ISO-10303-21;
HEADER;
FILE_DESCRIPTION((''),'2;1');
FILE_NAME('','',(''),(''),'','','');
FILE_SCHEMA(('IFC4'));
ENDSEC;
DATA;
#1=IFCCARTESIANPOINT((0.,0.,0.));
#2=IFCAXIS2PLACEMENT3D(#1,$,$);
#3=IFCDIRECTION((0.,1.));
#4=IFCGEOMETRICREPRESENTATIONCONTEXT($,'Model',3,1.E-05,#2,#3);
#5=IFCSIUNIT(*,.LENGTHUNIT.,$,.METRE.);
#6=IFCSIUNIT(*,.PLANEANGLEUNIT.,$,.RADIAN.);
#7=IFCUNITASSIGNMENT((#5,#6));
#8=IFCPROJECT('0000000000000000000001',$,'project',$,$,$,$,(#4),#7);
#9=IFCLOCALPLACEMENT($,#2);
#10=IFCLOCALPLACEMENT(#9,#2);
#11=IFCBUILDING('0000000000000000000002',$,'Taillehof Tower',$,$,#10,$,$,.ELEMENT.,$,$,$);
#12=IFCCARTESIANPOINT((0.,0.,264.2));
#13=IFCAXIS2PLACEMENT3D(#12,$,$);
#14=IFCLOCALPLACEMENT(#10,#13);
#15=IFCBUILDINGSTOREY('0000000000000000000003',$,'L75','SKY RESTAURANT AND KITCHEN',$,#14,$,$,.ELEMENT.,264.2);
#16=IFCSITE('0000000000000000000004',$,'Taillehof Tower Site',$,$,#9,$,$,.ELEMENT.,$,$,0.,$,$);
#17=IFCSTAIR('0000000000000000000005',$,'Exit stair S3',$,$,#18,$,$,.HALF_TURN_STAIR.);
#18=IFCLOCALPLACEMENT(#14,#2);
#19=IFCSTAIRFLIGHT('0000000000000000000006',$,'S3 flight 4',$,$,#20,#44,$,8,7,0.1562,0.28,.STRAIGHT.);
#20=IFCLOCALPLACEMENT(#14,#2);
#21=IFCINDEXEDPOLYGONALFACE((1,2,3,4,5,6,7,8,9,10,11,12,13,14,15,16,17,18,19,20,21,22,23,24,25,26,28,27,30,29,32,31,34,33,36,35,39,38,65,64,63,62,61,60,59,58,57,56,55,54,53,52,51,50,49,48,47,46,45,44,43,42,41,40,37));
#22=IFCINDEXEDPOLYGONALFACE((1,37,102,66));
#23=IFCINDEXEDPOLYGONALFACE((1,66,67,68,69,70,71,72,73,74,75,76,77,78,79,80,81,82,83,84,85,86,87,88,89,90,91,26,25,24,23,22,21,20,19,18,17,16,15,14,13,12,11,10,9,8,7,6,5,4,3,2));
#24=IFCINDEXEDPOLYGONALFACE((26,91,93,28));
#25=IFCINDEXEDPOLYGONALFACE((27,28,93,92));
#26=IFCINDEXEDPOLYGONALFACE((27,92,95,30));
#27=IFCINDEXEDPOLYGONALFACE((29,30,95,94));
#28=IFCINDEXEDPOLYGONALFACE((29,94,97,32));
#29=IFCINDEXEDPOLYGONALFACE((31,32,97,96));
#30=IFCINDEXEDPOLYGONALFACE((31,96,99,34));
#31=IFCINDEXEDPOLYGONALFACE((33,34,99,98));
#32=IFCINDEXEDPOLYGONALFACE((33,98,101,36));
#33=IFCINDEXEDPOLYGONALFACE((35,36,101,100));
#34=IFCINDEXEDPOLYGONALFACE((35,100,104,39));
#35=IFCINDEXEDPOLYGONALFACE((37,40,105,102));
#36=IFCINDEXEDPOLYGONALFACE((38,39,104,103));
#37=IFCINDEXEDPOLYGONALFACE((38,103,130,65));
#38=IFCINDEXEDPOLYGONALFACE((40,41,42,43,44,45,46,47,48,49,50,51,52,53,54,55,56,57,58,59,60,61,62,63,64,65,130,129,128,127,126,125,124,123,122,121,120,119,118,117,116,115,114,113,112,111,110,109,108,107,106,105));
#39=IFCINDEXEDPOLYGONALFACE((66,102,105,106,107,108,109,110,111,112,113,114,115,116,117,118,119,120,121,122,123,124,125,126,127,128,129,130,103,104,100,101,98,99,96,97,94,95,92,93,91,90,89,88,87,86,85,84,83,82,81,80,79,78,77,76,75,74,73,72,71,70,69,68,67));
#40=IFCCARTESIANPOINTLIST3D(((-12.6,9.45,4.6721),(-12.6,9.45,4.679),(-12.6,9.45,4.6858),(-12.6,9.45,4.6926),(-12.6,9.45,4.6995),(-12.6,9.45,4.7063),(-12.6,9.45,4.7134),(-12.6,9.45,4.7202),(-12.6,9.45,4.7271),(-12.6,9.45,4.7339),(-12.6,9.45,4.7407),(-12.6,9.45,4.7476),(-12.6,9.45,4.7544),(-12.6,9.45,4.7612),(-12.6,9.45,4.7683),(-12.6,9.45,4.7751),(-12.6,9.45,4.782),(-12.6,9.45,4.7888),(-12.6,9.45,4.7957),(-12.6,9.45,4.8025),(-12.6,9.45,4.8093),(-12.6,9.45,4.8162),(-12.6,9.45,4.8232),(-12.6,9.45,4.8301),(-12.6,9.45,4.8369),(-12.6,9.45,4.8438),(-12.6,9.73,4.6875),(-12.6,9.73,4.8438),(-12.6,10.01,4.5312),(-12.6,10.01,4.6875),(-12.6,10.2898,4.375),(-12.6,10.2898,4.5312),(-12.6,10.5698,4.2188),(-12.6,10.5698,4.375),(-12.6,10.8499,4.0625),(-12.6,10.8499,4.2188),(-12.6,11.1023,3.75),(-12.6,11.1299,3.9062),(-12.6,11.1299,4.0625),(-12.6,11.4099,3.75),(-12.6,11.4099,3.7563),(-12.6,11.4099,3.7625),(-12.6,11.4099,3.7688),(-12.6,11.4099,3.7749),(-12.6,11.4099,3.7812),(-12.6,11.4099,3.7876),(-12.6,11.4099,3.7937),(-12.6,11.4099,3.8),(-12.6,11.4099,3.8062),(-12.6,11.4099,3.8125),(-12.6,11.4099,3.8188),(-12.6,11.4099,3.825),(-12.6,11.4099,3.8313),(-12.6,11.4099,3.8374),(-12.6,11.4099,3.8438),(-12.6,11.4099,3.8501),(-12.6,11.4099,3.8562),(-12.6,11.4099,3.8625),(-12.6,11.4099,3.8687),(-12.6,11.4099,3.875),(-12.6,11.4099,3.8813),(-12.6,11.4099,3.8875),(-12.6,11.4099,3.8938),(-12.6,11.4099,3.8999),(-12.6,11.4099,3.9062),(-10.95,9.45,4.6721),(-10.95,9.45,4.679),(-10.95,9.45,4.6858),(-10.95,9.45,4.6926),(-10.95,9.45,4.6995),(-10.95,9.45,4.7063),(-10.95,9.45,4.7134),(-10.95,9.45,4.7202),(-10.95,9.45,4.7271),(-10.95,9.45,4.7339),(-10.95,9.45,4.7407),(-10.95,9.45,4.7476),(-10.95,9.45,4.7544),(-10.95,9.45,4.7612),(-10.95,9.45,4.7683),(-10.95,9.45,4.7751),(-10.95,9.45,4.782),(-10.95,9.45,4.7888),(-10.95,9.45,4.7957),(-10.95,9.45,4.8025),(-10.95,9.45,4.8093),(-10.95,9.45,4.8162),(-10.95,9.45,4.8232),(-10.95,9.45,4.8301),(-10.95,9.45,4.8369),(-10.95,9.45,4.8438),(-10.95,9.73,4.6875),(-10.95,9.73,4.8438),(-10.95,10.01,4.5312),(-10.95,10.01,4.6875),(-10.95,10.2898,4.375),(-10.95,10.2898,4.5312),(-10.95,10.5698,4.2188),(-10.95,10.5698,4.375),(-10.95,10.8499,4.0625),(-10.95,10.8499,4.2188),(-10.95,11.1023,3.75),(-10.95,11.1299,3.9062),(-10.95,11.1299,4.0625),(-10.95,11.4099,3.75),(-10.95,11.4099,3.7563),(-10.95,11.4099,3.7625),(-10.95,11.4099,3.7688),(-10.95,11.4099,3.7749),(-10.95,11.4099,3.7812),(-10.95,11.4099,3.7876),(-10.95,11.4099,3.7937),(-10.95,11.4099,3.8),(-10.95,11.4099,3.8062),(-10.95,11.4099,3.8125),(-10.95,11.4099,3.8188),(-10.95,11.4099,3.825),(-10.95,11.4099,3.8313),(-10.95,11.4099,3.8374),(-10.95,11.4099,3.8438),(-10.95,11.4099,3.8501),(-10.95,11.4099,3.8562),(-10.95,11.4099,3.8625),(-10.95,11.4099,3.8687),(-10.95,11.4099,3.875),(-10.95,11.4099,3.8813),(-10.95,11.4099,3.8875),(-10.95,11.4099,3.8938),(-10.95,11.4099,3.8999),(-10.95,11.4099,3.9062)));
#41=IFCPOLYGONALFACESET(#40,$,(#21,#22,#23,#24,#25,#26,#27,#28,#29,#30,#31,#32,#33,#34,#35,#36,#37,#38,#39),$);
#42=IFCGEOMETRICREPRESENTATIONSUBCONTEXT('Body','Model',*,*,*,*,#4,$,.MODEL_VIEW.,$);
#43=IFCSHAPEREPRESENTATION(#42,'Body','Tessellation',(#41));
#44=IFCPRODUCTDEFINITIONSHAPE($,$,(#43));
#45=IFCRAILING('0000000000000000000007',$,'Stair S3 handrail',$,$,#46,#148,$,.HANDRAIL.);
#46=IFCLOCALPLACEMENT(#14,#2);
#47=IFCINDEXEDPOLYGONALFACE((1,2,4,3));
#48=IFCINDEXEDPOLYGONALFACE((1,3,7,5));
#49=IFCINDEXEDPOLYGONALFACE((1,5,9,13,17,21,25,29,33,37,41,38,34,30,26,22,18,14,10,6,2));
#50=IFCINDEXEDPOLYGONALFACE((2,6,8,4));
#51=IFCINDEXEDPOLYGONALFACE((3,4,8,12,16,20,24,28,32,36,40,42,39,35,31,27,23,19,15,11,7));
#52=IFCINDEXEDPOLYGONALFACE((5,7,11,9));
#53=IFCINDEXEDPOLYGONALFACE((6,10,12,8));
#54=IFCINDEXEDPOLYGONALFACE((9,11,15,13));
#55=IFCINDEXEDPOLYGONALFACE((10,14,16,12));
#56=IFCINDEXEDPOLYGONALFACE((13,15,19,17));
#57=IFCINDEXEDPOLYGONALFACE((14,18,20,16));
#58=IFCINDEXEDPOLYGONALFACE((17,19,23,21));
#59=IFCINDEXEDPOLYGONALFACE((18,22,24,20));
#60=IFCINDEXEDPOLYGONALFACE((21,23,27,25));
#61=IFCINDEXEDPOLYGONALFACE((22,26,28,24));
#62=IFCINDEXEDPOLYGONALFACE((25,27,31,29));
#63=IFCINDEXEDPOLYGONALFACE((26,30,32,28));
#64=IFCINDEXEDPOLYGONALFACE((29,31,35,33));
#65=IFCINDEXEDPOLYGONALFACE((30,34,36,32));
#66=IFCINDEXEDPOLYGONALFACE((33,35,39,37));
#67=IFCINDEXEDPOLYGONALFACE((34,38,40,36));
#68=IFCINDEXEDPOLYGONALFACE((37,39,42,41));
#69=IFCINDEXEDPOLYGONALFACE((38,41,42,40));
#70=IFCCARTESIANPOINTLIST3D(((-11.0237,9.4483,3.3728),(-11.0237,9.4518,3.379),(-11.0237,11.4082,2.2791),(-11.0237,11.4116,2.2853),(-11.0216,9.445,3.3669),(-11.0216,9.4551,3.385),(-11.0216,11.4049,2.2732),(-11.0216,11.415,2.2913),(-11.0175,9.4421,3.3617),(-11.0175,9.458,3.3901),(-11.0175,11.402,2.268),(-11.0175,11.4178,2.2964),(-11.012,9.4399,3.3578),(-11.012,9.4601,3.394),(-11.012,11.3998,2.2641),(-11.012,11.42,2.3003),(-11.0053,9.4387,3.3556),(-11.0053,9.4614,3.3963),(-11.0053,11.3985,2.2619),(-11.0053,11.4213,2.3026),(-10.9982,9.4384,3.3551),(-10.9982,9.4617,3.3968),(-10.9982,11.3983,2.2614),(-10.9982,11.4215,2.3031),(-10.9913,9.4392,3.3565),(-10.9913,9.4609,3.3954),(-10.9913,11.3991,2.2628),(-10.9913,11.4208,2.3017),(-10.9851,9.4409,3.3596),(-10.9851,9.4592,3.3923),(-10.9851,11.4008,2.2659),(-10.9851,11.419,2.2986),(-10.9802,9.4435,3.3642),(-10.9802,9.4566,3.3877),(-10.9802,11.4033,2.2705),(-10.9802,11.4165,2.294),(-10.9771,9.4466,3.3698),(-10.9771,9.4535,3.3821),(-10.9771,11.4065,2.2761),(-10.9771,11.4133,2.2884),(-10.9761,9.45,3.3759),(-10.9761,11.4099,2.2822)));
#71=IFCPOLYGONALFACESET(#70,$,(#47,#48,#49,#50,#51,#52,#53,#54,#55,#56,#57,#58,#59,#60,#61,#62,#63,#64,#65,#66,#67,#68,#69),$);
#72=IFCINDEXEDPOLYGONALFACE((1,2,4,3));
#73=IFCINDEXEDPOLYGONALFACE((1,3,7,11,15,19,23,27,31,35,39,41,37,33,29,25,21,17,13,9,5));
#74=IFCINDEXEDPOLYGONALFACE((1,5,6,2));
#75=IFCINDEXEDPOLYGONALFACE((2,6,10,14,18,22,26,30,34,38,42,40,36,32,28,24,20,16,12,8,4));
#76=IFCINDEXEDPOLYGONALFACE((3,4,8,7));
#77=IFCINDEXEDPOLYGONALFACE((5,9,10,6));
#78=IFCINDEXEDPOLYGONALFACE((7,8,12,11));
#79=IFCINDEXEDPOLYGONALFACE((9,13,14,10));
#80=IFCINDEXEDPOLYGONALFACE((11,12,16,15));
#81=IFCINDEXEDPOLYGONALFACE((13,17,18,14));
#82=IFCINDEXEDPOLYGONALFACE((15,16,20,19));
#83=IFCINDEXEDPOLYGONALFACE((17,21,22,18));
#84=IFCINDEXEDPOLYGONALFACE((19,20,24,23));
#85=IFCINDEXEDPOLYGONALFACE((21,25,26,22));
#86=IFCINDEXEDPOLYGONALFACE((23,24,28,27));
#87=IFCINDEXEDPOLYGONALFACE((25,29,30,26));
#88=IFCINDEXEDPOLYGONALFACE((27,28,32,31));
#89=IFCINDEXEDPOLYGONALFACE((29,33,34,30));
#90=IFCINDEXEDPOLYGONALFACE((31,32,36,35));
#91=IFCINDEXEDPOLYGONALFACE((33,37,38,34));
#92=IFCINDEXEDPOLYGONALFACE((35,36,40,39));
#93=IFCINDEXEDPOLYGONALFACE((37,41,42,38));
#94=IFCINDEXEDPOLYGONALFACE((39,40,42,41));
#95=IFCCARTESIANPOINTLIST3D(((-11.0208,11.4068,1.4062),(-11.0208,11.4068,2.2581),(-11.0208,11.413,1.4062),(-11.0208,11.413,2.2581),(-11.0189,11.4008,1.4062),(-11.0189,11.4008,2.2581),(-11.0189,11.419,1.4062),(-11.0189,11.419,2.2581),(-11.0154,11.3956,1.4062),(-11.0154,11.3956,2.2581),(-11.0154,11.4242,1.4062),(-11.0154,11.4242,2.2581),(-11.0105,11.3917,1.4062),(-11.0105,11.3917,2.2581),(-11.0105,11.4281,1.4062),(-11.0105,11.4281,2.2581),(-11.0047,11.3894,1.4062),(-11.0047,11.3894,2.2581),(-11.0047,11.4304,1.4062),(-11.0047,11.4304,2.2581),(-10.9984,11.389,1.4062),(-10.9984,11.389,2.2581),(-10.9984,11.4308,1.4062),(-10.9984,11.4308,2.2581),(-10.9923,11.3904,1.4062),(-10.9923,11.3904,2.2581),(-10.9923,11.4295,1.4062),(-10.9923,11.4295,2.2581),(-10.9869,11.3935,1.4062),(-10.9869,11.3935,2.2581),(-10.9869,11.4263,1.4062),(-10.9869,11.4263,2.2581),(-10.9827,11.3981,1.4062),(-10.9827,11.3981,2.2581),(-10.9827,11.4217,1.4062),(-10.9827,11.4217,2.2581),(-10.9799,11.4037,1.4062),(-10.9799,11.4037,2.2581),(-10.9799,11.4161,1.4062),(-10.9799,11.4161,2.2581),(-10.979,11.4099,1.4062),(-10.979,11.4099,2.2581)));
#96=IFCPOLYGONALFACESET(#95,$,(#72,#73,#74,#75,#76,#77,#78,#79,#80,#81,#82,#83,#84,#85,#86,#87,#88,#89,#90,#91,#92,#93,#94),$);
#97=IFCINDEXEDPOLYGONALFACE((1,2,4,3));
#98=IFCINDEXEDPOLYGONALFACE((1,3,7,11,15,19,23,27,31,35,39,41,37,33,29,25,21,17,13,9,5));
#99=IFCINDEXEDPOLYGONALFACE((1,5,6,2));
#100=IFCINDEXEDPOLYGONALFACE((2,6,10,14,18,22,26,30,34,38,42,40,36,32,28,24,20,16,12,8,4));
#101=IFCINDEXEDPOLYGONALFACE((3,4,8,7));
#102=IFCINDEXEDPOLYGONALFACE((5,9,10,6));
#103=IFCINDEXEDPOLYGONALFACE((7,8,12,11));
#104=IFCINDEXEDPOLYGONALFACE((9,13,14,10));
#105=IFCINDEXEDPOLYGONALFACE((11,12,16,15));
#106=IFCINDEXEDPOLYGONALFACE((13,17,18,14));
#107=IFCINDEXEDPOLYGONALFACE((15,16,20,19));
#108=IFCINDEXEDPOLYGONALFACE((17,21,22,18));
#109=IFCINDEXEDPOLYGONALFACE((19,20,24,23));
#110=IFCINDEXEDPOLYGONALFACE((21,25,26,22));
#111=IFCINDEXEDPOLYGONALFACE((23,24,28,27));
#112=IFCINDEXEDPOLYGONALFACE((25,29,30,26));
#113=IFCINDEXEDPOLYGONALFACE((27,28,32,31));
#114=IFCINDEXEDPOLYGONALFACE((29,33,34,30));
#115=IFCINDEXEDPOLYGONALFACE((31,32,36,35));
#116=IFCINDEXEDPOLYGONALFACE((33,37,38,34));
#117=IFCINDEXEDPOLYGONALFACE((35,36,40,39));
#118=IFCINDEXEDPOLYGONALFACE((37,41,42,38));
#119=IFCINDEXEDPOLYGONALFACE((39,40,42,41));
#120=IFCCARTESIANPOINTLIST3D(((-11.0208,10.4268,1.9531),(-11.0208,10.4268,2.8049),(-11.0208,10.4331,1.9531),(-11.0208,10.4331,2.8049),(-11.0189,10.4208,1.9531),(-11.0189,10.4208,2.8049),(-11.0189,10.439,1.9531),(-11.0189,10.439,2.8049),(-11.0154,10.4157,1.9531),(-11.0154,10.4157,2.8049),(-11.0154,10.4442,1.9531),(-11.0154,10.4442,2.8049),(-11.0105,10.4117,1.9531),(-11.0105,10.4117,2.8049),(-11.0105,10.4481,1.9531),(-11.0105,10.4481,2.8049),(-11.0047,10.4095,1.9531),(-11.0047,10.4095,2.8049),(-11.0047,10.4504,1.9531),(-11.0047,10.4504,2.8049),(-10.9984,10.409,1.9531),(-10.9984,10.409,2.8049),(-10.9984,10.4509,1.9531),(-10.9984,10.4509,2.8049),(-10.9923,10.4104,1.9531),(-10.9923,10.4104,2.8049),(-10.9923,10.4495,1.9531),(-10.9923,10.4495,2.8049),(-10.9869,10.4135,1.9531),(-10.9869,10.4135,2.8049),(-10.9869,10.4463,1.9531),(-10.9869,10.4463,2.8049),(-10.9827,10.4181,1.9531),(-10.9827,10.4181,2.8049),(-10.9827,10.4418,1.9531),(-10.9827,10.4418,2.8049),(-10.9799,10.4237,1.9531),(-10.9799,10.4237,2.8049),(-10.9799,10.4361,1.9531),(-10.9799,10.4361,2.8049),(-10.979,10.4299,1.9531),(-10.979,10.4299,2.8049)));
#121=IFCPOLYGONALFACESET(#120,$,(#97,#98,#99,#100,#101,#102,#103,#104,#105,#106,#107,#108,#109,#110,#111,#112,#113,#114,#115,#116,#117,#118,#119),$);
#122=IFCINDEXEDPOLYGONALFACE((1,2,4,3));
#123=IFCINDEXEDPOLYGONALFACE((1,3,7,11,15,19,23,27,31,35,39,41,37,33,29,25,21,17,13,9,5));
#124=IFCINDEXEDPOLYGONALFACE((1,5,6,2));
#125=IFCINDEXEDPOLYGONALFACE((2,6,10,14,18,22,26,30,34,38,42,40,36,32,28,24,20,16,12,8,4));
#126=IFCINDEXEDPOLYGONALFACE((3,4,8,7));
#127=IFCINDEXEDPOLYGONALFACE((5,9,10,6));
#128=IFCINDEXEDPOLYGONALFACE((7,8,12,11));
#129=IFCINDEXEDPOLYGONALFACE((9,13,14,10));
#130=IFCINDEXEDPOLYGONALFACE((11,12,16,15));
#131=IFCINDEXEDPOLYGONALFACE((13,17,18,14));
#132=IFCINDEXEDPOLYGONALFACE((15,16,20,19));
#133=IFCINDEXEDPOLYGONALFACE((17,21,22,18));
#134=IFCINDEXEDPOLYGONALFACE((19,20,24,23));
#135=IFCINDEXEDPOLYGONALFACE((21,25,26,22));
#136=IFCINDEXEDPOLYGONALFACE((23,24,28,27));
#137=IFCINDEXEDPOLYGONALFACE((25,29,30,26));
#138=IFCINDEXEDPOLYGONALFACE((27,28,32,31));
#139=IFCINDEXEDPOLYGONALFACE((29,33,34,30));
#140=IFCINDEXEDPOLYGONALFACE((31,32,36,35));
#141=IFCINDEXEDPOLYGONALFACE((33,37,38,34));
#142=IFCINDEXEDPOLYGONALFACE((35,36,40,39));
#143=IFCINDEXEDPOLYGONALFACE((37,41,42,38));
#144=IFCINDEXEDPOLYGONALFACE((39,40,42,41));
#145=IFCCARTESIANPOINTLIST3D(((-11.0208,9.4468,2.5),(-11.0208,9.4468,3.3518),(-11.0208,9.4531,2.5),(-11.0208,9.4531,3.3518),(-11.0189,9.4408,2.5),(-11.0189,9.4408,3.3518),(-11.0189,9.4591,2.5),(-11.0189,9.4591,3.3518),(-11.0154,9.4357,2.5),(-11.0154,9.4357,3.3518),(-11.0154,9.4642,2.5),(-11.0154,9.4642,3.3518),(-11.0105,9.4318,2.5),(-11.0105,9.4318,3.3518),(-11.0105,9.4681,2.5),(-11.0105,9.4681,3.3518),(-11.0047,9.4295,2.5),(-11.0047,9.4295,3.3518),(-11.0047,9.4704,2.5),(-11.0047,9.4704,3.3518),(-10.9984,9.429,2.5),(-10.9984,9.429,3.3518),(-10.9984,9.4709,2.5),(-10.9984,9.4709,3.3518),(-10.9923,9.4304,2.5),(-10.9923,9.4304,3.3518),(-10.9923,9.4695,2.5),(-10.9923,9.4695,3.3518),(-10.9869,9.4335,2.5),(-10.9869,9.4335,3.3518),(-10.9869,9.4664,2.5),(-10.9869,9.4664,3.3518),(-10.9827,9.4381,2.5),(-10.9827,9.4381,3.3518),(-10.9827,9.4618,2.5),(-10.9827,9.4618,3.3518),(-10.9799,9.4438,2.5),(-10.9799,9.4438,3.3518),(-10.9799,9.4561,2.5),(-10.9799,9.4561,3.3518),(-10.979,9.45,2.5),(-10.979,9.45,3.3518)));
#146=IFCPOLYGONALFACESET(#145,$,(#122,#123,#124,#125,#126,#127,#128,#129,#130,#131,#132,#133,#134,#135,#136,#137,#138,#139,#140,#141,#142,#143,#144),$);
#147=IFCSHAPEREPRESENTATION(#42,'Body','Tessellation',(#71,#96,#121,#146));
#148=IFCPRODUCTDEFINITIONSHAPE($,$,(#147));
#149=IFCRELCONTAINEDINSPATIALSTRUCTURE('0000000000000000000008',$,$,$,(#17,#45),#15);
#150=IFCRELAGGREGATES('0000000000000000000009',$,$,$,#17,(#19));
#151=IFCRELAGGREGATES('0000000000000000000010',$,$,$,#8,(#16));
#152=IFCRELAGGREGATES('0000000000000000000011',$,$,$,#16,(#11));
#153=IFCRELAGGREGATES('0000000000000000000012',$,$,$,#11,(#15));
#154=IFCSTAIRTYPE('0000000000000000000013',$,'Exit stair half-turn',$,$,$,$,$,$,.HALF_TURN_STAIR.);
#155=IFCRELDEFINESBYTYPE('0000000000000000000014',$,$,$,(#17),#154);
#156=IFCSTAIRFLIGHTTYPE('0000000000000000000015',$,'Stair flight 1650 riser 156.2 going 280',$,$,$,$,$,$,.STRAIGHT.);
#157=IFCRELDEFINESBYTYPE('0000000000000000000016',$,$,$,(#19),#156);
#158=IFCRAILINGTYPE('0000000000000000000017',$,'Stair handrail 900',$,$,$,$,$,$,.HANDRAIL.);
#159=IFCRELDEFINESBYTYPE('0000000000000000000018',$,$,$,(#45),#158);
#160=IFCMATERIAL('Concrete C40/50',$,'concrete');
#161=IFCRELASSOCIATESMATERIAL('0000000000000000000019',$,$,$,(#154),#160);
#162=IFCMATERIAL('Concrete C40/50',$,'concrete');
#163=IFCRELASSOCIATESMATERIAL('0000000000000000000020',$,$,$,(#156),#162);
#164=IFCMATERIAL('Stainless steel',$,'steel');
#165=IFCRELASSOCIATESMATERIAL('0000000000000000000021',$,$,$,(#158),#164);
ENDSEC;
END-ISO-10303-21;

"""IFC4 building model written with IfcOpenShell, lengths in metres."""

from ifc_helpers import new_model, si_unit, direction, frame, origin, origin_2d, place, context, subcontext, project, spatial, polyline, circle, outline, extrude, material, type_object, element, aggregate, save


model = new_model("IFC4")

# Units and contexts
model_context = context("Model", 3, precision=1e-05, world=origin(), true_north=direction((0.0, 1.0)))
body_context = subcontext(model_context, "Body", "Model", "MODEL_VIEW")
ifc_project = project(units=[si_unit("LENGTHUNIT", "METRE"), si_unit("PLANEANGLEUNIT", "RADIAN")], contexts=[model_context])

# Site, building, storey
site_placement = place(None, origin())
site = spatial("IfcSite", under=ifc_project, at=site_placement, Name="Taillehof Tower Site", CompositionType="ELEMENT", RefElevation=0.0)
building_placement = place(site_placement, origin())
building = spatial("IfcBuilding", under=site, at=building_placement, Name="Taillehof Tower", CompositionType="ELEMENT")
storey_placement = place(building_placement, frame((0.0, 0.0, 264.2)))
storey = spatial("IfcBuildingStorey", under=building, at=storey_placement, Name="L75", Description="SKY RESTAURANT AND KITCHEN", CompositionType="ELEMENT", Elevation=264.2)

# Stair, stair flight
ifc_material_1 = material(Name="Concrete C40/50", Category="concrete")
stair_type = type_object("IfcStairType", Name="Exit stair half-turn", PredefinedType="HALF_TURN_STAIR", material=ifc_material_1)
stair_placement = place(storey_placement, origin())
stair = element("IfcStair", 1, at=stair_placement, inside=storey, type_object=stair_type, Name="Exit stair S3", PredefinedType="HALF_TURN_STAIR")
ifc_material_2 = material(Name="Concrete C40/50", Category="concrete")
stair_flight_type = type_object("IfcStairFlightType", Name="Stair flight 1650 riser 156.2 going 280", PredefinedType="STRAIGHT", material=ifc_material_2)
stair_flight_1_placement = place(storey_placement, frame((-11.7749, 11.4099, 3.75), z_axis=(0.0, 0.0, 1.0), x_axis=(0.0, -1.0, 0.0)))
stair_flight_1 = element("IfcStairFlight", 2, at=stair_flight_1_placement, type_object=stair_flight_type, Name="S3 flight 4", NumberOfRisers=8, NumberOfTreads=7, PredefinedType="STRAIGHT", RiserHeight=0.1562, TreadLength=0.28, context=body_context, shape_type="SweptSolid", body=[
    extrude(outline(polyline([(0.0, 0.0), (0.0, 0.0063), (0.0, 0.0125), (0.0, 0.0188), (0.0, 0.0249), (0.0, 0.0312), (0.0, 0.0376), (0.0, 0.0437), (0.0, 0.05), (0.0, 0.0562), (0.0, 0.0625), (0.0, 0.0688), (0.0, 0.075), (0.0, 0.0813), (0.0, 0.0874), (0.0, 0.0938), (0.0, 0.1001), (0.0, 0.1062), (0.0, 0.1125), (0.0, 0.1187), (0.0, 0.125), (0.0, 0.1313), (0.0, 0.1375), (0.0, 0.1438), (0.0, 0.1499), (0.0, 0.1562), (0.28, 0.1562), (0.28, 0.3125), (0.5601, 0.3125), (0.5601, 0.4688), (0.8401, 0.4688), (0.8401, 0.625), (1.1201, 0.625), (1.1201, 0.7812), (1.3999, 0.7812), (1.3999, 0.9375), (1.6799, 0.9375), (1.6799, 1.0938), (1.96, 1.0938), (1.96, 1.0869), (1.96, 1.0801), (1.96, 1.0732), (1.96, 1.0662), (1.96, 1.0593), (1.96, 1.0525), (1.96, 1.0457), (1.96, 1.0388), (1.96, 1.032), (1.96, 1.0251), (1.96, 1.0183), (1.96, 1.0112), (1.96, 1.0044), (1.96, 0.9976), (1.96, 0.9907), (1.96, 0.9839), (1.96, 0.9771), (1.96, 0.9702), (1.96, 0.9634), (1.96, 0.9563), (1.96, 0.9495), (1.96, 0.9426), (1.96, 0.9358), (1.96, 0.929), (1.96, 0.9221), (0.3076, 0.0), (0.0, 0.0)])), frame((0.0, 0.825, 0.0), z_axis=(0.0, -1.0, 0.0), x_axis=(1.0, 0.0, 0.0)), (0.0, 0.0, 1.0), 1.65),
])
aggregate(stair, [stair_flight_1])

# Railing
ifc_material_3 = material(Name="Stainless steel", Category="steel")
railing_type_1 = type_object("IfcRailingType", Name="Stair handrail 900", PredefinedType="HANDRAIL", material=ifc_material_3)
for number, where, name in (
    (3, (-11.0, 11.4099, 1.4062), "Stair S3 handrail"),
):
    element("IfcRailing", number, at=place(storey_placement, frame(where)), inside=storey, type_object=railing_type_1, Name=name, PredefinedType="HANDRAIL", context=body_context, shape_type="SweptSolid", body=[
        extrude(circle(Radius=0.0239, at=origin_2d()), frame((0.0, 0.0, 0.876), z_axis=(0.0, -0.873232, 0.487304), x_axis=(1.0, 0.0, 0.0)), (0.0, 0.0, 1.0), 2.2444),
        extrude(circle(Radius=0.021, at=origin_2d()), origin(), (0.0, 0.0, 1.0), 0.8518),
        extrude(circle(Radius=0.021, at=origin_2d()), frame((0.0, -0.98, 0.5469)), (0.0, 0.0, 1.0), 0.8518),
        extrude(circle(Radius=0.021, at=origin_2d()), frame((0.0, -1.96, 1.0938)), (0.0, 0.0, 1.0), 0.8518),
    ])

save(model, "model.ifc")
